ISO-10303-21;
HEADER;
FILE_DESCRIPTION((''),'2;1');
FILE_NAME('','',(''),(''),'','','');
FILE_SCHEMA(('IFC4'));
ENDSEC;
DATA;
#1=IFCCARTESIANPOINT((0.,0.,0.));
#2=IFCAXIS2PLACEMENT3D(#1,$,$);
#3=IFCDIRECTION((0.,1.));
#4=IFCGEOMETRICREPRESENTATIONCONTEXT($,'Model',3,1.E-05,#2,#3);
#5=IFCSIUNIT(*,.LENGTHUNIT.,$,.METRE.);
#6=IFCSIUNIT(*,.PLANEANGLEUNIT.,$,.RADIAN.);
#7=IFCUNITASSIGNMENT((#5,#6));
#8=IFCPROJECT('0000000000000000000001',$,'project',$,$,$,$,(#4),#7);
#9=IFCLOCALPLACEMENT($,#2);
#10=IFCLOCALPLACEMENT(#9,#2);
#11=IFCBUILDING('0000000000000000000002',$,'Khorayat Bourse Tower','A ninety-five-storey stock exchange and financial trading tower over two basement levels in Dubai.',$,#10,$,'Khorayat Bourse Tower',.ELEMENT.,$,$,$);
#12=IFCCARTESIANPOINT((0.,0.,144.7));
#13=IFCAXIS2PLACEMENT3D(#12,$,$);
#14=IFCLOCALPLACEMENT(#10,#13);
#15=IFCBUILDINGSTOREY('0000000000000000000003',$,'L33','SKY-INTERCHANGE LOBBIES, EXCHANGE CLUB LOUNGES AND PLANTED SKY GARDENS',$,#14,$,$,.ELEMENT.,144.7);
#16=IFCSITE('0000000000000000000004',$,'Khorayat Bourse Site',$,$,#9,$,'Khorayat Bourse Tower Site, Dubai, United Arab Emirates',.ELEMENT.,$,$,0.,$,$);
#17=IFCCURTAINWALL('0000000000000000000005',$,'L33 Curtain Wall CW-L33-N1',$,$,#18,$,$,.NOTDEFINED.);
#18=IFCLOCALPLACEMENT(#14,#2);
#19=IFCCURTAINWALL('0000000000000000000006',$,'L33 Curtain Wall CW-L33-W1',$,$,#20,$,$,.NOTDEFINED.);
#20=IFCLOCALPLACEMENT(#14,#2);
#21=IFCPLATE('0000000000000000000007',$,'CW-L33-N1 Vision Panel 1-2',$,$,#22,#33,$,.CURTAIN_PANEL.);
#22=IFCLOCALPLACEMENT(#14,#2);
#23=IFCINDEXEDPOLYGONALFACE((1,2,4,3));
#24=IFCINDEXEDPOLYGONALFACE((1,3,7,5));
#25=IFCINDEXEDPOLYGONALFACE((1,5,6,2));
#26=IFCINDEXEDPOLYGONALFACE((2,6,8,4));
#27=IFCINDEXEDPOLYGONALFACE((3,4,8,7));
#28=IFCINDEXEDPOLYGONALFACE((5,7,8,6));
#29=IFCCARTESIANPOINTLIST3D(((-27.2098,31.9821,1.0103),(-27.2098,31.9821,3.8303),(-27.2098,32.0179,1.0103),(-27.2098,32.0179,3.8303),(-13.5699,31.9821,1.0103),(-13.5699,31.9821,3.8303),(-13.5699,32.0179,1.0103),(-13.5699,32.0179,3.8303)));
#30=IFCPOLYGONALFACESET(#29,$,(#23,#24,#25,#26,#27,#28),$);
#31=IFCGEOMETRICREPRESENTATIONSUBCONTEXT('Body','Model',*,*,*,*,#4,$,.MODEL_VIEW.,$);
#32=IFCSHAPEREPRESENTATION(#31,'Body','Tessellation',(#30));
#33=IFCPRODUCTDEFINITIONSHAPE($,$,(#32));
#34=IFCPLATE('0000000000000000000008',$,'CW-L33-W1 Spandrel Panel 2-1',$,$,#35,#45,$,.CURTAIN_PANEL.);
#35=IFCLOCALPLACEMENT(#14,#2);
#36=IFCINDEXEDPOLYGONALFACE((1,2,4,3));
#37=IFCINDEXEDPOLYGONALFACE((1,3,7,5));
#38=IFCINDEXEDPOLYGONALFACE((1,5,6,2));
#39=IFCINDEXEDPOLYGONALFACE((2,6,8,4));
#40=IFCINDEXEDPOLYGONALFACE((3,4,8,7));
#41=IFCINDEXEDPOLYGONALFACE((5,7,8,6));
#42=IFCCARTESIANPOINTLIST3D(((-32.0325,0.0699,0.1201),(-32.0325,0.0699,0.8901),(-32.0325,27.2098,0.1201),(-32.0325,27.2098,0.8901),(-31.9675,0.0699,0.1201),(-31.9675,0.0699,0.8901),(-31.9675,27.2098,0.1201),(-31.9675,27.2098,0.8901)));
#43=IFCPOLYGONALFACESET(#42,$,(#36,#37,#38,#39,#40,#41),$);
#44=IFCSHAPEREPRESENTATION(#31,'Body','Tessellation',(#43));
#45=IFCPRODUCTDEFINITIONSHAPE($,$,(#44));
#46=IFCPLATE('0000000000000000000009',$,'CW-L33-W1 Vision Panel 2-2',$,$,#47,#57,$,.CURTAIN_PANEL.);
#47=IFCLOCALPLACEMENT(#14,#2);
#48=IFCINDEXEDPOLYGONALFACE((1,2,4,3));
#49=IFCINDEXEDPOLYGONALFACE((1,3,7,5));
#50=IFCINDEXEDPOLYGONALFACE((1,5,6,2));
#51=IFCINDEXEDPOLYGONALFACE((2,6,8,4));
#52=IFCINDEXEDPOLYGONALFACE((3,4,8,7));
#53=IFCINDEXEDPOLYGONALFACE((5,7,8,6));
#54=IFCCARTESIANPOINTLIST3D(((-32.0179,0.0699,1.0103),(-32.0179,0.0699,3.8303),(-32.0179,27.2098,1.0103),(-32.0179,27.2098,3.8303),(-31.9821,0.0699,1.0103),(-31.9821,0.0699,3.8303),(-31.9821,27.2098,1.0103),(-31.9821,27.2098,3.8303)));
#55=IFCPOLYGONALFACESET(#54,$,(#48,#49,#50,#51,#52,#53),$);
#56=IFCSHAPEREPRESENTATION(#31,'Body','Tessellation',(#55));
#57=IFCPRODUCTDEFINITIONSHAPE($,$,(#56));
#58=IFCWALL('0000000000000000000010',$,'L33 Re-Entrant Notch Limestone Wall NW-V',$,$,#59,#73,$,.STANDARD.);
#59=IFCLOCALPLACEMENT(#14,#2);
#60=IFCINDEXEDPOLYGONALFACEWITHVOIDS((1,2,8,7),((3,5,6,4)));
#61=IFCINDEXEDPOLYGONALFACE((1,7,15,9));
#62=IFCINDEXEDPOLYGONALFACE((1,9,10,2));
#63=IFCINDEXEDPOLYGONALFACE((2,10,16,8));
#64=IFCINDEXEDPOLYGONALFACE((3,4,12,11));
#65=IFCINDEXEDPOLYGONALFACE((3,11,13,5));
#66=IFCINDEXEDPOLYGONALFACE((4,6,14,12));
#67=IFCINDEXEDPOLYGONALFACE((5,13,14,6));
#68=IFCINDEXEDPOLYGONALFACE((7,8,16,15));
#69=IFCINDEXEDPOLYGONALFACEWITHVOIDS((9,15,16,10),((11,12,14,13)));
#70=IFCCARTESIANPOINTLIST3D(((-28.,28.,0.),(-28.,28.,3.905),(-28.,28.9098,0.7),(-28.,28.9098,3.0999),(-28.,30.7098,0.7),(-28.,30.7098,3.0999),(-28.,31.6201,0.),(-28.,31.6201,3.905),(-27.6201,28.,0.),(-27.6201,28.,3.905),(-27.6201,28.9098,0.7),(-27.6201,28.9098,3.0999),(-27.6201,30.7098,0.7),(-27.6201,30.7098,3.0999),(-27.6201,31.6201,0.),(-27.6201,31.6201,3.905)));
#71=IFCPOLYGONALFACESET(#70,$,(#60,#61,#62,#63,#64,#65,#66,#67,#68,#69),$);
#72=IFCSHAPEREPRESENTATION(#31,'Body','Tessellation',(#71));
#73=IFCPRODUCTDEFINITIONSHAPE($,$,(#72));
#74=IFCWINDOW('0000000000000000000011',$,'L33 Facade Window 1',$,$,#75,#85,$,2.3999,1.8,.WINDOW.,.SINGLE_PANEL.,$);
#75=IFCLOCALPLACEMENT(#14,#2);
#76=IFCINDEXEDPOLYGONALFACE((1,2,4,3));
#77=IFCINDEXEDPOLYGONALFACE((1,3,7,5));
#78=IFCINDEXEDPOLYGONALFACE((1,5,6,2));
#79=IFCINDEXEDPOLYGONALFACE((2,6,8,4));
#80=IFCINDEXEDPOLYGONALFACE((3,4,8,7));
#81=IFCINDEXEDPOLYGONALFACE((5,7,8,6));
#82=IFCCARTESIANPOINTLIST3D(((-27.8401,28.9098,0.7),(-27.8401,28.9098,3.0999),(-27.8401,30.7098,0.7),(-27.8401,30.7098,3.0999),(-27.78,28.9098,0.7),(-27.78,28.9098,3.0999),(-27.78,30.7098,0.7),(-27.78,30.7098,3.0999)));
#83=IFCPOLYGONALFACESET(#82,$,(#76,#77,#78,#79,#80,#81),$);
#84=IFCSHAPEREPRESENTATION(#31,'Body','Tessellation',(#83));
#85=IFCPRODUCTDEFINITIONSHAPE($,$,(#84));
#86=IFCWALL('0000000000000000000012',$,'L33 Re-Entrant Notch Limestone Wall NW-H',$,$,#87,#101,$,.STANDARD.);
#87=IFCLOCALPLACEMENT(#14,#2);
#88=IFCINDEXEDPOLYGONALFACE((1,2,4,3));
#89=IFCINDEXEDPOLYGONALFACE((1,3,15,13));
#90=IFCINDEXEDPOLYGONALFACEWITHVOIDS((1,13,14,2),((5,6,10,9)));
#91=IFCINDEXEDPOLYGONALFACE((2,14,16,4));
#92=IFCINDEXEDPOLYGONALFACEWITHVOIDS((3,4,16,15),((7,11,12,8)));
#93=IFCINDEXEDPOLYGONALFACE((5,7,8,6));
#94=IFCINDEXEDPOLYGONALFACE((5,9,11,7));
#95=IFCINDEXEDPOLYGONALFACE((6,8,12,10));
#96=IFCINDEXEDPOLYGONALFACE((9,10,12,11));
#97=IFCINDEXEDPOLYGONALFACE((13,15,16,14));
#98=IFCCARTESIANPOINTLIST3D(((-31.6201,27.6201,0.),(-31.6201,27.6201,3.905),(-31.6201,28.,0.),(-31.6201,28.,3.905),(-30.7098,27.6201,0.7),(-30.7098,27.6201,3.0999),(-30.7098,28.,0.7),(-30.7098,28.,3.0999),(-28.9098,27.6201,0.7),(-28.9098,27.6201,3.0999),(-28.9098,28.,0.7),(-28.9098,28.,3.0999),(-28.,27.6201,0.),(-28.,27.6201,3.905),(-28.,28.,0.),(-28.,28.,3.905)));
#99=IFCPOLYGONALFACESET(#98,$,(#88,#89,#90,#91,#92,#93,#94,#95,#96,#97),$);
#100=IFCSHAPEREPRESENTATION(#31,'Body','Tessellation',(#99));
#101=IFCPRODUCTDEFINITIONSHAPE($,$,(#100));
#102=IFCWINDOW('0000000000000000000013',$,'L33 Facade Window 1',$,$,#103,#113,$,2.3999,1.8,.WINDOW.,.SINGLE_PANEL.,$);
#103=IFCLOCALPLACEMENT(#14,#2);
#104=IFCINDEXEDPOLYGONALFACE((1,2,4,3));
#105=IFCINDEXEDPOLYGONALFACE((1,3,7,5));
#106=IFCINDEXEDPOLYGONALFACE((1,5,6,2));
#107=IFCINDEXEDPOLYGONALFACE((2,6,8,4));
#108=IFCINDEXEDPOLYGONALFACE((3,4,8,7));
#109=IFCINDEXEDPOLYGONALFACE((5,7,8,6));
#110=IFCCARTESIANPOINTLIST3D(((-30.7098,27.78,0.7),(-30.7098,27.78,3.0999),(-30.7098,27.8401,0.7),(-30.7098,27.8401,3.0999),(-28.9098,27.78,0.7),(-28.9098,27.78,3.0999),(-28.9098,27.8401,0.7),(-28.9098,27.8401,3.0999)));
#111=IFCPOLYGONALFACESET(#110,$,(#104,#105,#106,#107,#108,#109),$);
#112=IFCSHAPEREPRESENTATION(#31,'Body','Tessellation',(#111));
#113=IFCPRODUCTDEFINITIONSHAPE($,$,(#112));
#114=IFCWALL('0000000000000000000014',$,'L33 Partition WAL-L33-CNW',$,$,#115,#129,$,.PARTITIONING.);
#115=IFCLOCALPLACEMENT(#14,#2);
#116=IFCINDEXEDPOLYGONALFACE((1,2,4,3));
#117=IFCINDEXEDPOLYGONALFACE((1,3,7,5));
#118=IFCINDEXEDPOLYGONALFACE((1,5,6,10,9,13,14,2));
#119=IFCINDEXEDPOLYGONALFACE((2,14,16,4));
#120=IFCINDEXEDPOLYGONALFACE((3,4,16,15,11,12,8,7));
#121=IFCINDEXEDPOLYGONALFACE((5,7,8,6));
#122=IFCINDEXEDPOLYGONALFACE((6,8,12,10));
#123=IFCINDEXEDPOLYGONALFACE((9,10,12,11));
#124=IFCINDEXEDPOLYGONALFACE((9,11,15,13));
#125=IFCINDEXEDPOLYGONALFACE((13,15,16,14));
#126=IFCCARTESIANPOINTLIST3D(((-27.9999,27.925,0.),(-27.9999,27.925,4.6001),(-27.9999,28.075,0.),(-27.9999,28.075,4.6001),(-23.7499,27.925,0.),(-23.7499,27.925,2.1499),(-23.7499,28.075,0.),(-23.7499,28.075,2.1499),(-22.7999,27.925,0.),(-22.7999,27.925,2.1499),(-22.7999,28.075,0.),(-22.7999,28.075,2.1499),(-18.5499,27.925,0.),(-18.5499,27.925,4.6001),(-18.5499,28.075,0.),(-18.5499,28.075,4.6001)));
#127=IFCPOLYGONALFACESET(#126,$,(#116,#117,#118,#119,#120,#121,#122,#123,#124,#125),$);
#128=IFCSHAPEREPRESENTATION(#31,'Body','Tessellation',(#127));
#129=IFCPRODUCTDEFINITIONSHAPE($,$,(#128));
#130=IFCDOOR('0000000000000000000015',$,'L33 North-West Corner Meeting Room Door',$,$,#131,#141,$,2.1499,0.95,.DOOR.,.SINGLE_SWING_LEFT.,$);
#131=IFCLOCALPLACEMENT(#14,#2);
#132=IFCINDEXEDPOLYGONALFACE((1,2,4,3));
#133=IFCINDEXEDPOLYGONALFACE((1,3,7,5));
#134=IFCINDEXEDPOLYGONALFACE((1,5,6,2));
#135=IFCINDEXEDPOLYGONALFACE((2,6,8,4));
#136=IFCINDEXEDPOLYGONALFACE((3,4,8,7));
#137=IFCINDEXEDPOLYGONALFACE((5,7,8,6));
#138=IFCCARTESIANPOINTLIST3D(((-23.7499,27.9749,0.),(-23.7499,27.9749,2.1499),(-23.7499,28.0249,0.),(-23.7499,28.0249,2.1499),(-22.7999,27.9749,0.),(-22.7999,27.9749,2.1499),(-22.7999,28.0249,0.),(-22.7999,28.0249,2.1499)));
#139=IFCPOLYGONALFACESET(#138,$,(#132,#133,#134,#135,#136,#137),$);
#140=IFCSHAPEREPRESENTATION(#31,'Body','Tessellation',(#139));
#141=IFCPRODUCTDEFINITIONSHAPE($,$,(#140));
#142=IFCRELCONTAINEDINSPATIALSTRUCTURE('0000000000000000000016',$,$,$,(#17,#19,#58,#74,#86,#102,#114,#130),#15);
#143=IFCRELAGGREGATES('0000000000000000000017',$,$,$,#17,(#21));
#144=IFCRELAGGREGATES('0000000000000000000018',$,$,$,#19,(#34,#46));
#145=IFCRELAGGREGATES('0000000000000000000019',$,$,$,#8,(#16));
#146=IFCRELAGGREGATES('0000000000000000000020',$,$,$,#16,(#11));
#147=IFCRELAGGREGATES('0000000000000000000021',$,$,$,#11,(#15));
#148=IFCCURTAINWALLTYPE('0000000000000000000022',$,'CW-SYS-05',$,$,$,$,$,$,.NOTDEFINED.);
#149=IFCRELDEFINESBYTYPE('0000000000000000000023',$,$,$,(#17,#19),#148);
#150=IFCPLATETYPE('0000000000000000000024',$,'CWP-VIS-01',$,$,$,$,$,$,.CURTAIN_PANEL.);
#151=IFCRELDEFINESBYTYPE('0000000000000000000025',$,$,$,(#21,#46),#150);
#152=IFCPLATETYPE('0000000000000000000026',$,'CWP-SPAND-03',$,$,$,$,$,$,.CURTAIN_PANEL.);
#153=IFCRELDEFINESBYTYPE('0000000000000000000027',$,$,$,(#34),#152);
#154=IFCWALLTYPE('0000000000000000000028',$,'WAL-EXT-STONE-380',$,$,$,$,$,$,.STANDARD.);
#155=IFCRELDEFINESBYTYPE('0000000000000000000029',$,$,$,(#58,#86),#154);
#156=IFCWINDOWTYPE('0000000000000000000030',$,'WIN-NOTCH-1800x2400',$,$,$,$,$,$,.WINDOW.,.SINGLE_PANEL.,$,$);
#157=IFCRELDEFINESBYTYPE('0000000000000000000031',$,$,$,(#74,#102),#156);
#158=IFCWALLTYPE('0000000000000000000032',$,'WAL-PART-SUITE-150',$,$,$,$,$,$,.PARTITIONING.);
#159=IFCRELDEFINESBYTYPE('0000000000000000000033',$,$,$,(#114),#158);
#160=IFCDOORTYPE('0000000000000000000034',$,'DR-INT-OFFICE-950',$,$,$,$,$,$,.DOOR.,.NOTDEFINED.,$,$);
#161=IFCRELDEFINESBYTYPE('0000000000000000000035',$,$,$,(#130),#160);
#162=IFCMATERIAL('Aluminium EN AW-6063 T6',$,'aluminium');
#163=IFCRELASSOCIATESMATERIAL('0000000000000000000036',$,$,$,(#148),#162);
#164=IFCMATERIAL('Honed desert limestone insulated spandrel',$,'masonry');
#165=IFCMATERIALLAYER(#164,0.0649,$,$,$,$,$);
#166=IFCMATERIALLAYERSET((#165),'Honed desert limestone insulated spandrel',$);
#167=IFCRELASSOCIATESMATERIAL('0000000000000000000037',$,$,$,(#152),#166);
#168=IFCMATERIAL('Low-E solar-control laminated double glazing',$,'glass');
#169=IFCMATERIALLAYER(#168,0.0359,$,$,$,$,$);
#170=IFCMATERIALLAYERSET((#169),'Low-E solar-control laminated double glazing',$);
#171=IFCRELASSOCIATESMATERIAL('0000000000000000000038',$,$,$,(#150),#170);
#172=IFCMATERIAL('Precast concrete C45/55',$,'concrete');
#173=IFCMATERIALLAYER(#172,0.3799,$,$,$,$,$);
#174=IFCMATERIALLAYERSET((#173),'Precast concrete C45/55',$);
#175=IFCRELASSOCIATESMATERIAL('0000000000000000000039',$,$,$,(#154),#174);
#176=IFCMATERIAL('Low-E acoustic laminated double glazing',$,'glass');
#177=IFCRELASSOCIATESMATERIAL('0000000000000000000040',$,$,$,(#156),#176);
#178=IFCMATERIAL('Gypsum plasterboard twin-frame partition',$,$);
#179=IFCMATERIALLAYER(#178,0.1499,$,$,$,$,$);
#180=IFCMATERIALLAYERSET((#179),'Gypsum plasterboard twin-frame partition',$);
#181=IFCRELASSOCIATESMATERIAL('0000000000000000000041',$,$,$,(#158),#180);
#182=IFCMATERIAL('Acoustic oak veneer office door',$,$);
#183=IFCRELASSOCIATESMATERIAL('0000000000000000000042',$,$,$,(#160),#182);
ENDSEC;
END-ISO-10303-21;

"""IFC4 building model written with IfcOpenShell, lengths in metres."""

from ifc_helpers import new_model, si_unit, direction, frame, frame_2d, origin, origin_2d, place, context, subcontext, project, spatial, rectangle, extrude, source, transform, mapped, material, layer, layer_set, type_object, element, fill, aggregate, save


model = new_model("IFC4")

# Units and contexts
model_context = context("Model", 3, precision=1e-05, world=origin(), true_north=direction((0.0, 1.0)))
body_context = subcontext(model_context, "Body", "Model", "MODEL_VIEW")
ifc_project = project(units=[si_unit("LENGTHUNIT", "METRE"), si_unit("PLANEANGLEUNIT", "RADIAN")], contexts=[model_context])

# Site, building, storey
site_placement = place(None, origin())
site = spatial("IfcSite", under=ifc_project, at=site_placement, Name="Khorayat Bourse Site", LongName="Khorayat Bourse Tower Site, Dubai, United Arab Emirates", CompositionType="ELEMENT", RefElevation=0.0)
building_placement = place(site_placement, origin())
building = spatial("IfcBuilding", under=site, at=building_placement, Name="Khorayat Bourse Tower", Description="A ninety-five-storey stock exchange and financial trading tower over two basement levels in Dubai.", LongName="Khorayat Bourse Tower", CompositionType="ELEMENT")
storey_placement = place(building_placement, frame((0.0, 0.0, 144.7)))
storey = spatial("IfcBuildingStorey", under=building, at=storey_placement, Name="L33", Description="SKY-INTERCHANGE LOBBIES, EXCHANGE CLUB LOUNGES AND PLANTED SKY GARDENS", CompositionType="ELEMENT", Elevation=144.7)

# Curtain walls
ifc_material_1 = material(Name="Aluminium EN AW-6063 T6", Category="aluminium")
curtain_wall_type = type_object("IfcCurtainWallType", Name="CW-SYS-05", PredefinedType="NOTDEFINED", material=ifc_material_1)
curtain_wall_1_placement = place(storey_placement, origin())
curtain_wall_1 = element("IfcCurtainWall", 1, at=curtain_wall_1_placement, inside=storey, type_object=curtain_wall_type, Name="L33 Curtain Wall CW-L33-N1", PredefinedType="NOTDEFINED")
curtain_wall_2_placement = place(storey_placement, origin())
curtain_wall_2 = element("IfcCurtainWall", 2, at=curtain_wall_2_placement, inside=storey, type_object=curtain_wall_type, Name="L33 Curtain Wall CW-L33-W1", PredefinedType="NOTDEFINED")

# Plates
ifc_material_2 = material(Name="Honed desert limestone insulated spandrel", Category="masonry")
ifc_layer_1 = layer(ifc_material_2, 0.0649)
ifc_layer_set_1 = layer_set([ifc_layer_1], Name="Honed desert limestone insulated spandrel")
plate_type_1 = type_object("IfcPlateType", Name="CWP-SPAND-03", PredefinedType="CURTAIN_PANEL", material=ifc_layer_set_1)
ifc_material_3 = material(Name="Low-E solar-control laminated double glazing", Category="glass")
ifc_layer_2 = layer(ifc_material_3, 0.0359)
ifc_layer_set_2 = layer_set([ifc_layer_2], Name="Low-E solar-control laminated double glazing")
plate_type_2 = type_object("IfcPlateType", Name="CWP-VIS-01", PredefinedType="CURTAIN_PANEL", material=ifc_layer_set_2)
shared_shape_1 = source(origin(), body_context, "Body", "SweptSolid", [
    extrude(rectangle(XDim=13.6399, YDim=0.0359, at=origin_2d()), origin(), (0.0, 0.0, 1.0), 2.8201),
])
plate_1_placement = place(storey_placement, frame((-20.3899, 32.0, 1.0103), z_axis=(0.0, 0.0, 1.0), x_axis=(1.0, 0.0, 0.0)))
plate_1 = element("IfcPlate", 3, at=plate_1_placement, type_object=plate_type_2, Name="CW-L33-N1 Vision Panel 1-2", PredefinedType="CURTAIN_PANEL", context=body_context, shape_type="MappedRepresentation", body=[
    mapped(shared_shape_1, transform((0.0, 0.0, 0.0), scale=1.0)),
])
aggregate(curtain_wall_1, [plate_1])
shared_shape_2 = source(origin(), body_context, "Body", "SweptSolid", [
    extrude(rectangle(XDim=27.1399, YDim=0.0649, at=origin_2d()), origin(), (0.0, 0.0, 1.0), 0.77),
])
plate_2_placement = place(storey_placement, frame((-32.0, 13.6399, 0.1201), z_axis=(0.0, 0.0, 1.0), x_axis=(0.0, 1.0, 0.0)))
plate_2 = element("IfcPlate", 4, at=plate_2_placement, type_object=plate_type_1, Name="CW-L33-W1 Spandrel Panel 2-1", PredefinedType="CURTAIN_PANEL", context=body_context, shape_type="MappedRepresentation", body=[
    mapped(shared_shape_2, transform((0.0, 0.0, 0.0), scale=1.0)),
])
shared_shape_3 = source(origin(), body_context, "Body", "SweptSolid", [
    extrude(rectangle(XDim=27.1399, YDim=0.0359, at=origin_2d()), origin(), (0.0, 0.0, 1.0), 2.8201),
])
plate_3_placement = place(storey_placement, frame((-32.0, 13.6399, 1.0103), z_axis=(0.0, 0.0, 1.0), x_axis=(0.0, 1.0, 0.0)))
plate_3 = element("IfcPlate", 5, at=plate_3_placement, type_object=plate_type_2, Name="CW-L33-W1 Vision Panel 2-2", PredefinedType="CURTAIN_PANEL", context=body_context, shape_type="MappedRepresentation", body=[
    mapped(shared_shape_3, transform((0.0, 0.0, 0.0), scale=1.0)),
])
aggregate(curtain_wall_2, [plate_2, plate_3])

# Walls, openings, windows
ifc_material_4 = material(Name="Precast concrete C45/55", Category="concrete")
ifc_layer_3 = layer(ifc_material_4, 0.3799)
ifc_layer_set_3 = layer_set([ifc_layer_3], Name="Precast concrete C45/55")
wall_type_1 = type_object("IfcWallType", Name="WAL-EXT-STONE-380", PredefinedType="STANDARD", material=ifc_layer_set_3)
shared_shape_4 = source(origin(), body_context, "Body", "SweptSolid", [
    extrude(rectangle(XDim=3.6201, YDim=0.3799, at=frame_2d((1.8101, 0.0))), origin(), (0.0, 0.0, 1.0), 3.905),
])
wall_1_placement = place(storey_placement, frame((-27.8101, 28.0, 0.0), z_axis=(0.0, 0.0, 1.0), x_axis=(0.0, 1.0, 0.0)))
wall_1 = element("IfcWall", 6, at=wall_1_placement, inside=storey, type_object=wall_type_1, Name="L33 Re-Entrant Notch Limestone Wall NW-V", PredefinedType="STANDARD", context=body_context, shape_type="MappedRepresentation", body=[
    mapped(shared_shape_4, transform((0.0, 0.0, 0.0), scale=1.0)),
])
shared_shape_5 = source(origin(), body_context, "Body", "SweptSolid", [
    extrude(rectangle(XDim=1.8, YDim=2.3999, at=frame_2d((0.8999, 1.2))), frame((0.0, 0.2, 0.0), z_axis=(0.0, -1.0, 0.0), x_axis=(1.0, 0.0, 0.0)), (0.0, 0.0, 1.0), 0.3999),
])
opening_1_placement = place(wall_1_placement, frame((0.9099, 0.0, 0.7)))
opening_1 = element("IfcOpeningElement", 7, at=opening_1_placement, cuts=wall_1, PredefinedType="OPENING", context=body_context, shape_type="MappedRepresentation", body=[
    mapped(shared_shape_5, transform((0.0, 0.0, 0.0), scale=1.0)),
])
ifc_material_5 = material(Name="Low-E acoustic laminated double glazing", Category="glass")
window_type = type_object("IfcWindowType", Name="WIN-NOTCH-1800x2400", PartitioningType="SINGLE_PANEL", PredefinedType="WINDOW", material=ifc_material_5)
shared_shape_6 = source(origin(), body_context, "Body", "SweptSolid", [
    extrude(rectangle(XDim=1.8, YDim=2.3999, at=frame_2d((0.8999, 1.2))), frame((0.0, 0.03, 0.0), z_axis=(0.0, -1.0, 0.0), x_axis=(1.0, 0.0, 0.0)), (0.0, 0.0, 1.0), 0.0601),
])
window_1_placement = place(opening_1_placement, origin())
window_1 = element("IfcWindow", 8, at=window_1_placement, inside=storey, type_object=window_type, Name="L33 Facade Window 1", OverallHeight=2.3999, OverallWidth=1.8, PartitioningType="SINGLE_PANEL", PredefinedType="WINDOW", context=body_context, shape_type="MappedRepresentation", body=[
    mapped(shared_shape_6, transform((0.0, 0.0, 0.0), scale=1.0)),
])
fill(opening_1, window_1)
wall_2_placement = place(storey_placement, frame((-28.0, 27.8101, 0.0), z_axis=(0.0, 0.0, 1.0), x_axis=(-1.0, 0.0, 0.0)))
wall_2 = element("IfcWall", 9, at=wall_2_placement, inside=storey, type_object=wall_type_1, Name="L33 Re-Entrant Notch Limestone Wall NW-H", PredefinedType="STANDARD", context=body_context, shape_type="MappedRepresentation", body=[
    mapped(shared_shape_4, transform((0.0, 0.0, 0.0), scale=1.0)),
])
opening_2_placement = place(wall_2_placement, frame((0.9099, 0.0, 0.7)))
opening_2 = element("IfcOpeningElement", 10, at=opening_2_placement, cuts=wall_2, PredefinedType="OPENING", context=body_context, shape_type="MappedRepresentation", body=[
    mapped(shared_shape_5, transform((0.0, 0.0, 0.0), scale=1.0)),
])
window_2_placement = place(opening_2_placement, origin())
window_2 = element("IfcWindow", 11, at=window_2_placement, inside=storey, type_object=window_type, Name="L33 Facade Window 1", OverallHeight=2.3999, OverallWidth=1.8, PartitioningType="SINGLE_PANEL", PredefinedType="WINDOW", context=body_context, shape_type="MappedRepresentation", body=[
    mapped(shared_shape_6, transform((0.0, 0.0, 0.0), scale=1.0)),
])
fill(opening_2, window_2)

# Wall, opening, door
ifc_material_6 = material(Name="Gypsum plasterboard twin-frame partition")
ifc_layer_4 = layer(ifc_material_6, 0.1499)
ifc_layer_set_4 = layer_set([ifc_layer_4], Name="Gypsum plasterboard twin-frame partition")
wall_type_2 = type_object("IfcWallType", Name="WAL-PART-SUITE-150", PredefinedType="PARTITIONING", material=ifc_layer_set_4)
shared_shape_7 = source(origin(), body_context, "Body", "SweptSolid", [
    extrude(rectangle(XDim=9.45, YDim=0.1499, at=frame_2d((4.7251, 0.0))), origin(), (0.0, 0.0, 1.0), 4.6001),
])
wall_3_placement = place(storey_placement, frame((-28.0, 28.0, 0.0), z_axis=(0.0, 0.0, 1.0), x_axis=(1.0, 0.0, 0.0)))
wall_3 = element("IfcWall", 12, at=wall_3_placement, inside=storey, type_object=wall_type_2, Name="L33 Partition WAL-L33-CNW", PredefinedType="PARTITIONING", context=body_context, shape_type="MappedRepresentation", body=[
    mapped(shared_shape_7, transform((0.0, 0.0, 0.0), scale=1.0)),
])
shared_shape_8 = source(origin(), body_context, "Body", "SweptSolid", [
    extrude(rectangle(XDim=0.95, YDim=2.1499, at=frame_2d((0.4751, 1.075))), frame((0.0, 0.085, 0.0), z_axis=(0.0, -1.0, 0.0), x_axis=(1.0, 0.0, 0.0)), (0.0, 0.0, 1.0), 0.1699),
])
opening_3_placement = place(wall_3_placement, frame((4.25, 0.0, 0.0)))
opening_3 = element("IfcOpeningElement", 13, at=opening_3_placement, cuts=wall_3, PredefinedType="OPENING", context=body_context, shape_type="MappedRepresentation", body=[
    mapped(shared_shape_8, transform((0.0, 0.0, 0.0), scale=1.0)),
])
ifc_material_7 = material(Name="Acoustic oak veneer office door")
door_type = type_object("IfcDoorType", Name="DR-INT-OFFICE-950", OperationType="NOTDEFINED", PredefinedType="DOOR", material=ifc_material_7)
shared_shape_9 = source(origin(), body_context, "Body", "SweptSolid", [
    extrude(rectangle(XDim=0.95, YDim=2.1499, at=frame_2d((0.4751, 1.075))), frame((0.0, 0.0249, 0.0), z_axis=(0.0, -1.0, 0.0), x_axis=(1.0, 0.0, 0.0)), (0.0, 0.0, 1.0), 0.05),
])
door_placement = place(opening_3_placement, origin())
door = element("IfcDoor", 14, at=door_placement, inside=storey, type_object=door_type, Name="L33 North-West Corner Meeting Room Door", OperationType="SINGLE_SWING_LEFT", OverallHeight=2.1499, OverallWidth=0.95, PredefinedType="DOOR", context=body_context, shape_type="MappedRepresentation", body=[
    mapped(shared_shape_9, transform((0.0, 0.0, 0.0), scale=1.0)),
])
fill(opening_3, door)

save(model, "model.ifc")
